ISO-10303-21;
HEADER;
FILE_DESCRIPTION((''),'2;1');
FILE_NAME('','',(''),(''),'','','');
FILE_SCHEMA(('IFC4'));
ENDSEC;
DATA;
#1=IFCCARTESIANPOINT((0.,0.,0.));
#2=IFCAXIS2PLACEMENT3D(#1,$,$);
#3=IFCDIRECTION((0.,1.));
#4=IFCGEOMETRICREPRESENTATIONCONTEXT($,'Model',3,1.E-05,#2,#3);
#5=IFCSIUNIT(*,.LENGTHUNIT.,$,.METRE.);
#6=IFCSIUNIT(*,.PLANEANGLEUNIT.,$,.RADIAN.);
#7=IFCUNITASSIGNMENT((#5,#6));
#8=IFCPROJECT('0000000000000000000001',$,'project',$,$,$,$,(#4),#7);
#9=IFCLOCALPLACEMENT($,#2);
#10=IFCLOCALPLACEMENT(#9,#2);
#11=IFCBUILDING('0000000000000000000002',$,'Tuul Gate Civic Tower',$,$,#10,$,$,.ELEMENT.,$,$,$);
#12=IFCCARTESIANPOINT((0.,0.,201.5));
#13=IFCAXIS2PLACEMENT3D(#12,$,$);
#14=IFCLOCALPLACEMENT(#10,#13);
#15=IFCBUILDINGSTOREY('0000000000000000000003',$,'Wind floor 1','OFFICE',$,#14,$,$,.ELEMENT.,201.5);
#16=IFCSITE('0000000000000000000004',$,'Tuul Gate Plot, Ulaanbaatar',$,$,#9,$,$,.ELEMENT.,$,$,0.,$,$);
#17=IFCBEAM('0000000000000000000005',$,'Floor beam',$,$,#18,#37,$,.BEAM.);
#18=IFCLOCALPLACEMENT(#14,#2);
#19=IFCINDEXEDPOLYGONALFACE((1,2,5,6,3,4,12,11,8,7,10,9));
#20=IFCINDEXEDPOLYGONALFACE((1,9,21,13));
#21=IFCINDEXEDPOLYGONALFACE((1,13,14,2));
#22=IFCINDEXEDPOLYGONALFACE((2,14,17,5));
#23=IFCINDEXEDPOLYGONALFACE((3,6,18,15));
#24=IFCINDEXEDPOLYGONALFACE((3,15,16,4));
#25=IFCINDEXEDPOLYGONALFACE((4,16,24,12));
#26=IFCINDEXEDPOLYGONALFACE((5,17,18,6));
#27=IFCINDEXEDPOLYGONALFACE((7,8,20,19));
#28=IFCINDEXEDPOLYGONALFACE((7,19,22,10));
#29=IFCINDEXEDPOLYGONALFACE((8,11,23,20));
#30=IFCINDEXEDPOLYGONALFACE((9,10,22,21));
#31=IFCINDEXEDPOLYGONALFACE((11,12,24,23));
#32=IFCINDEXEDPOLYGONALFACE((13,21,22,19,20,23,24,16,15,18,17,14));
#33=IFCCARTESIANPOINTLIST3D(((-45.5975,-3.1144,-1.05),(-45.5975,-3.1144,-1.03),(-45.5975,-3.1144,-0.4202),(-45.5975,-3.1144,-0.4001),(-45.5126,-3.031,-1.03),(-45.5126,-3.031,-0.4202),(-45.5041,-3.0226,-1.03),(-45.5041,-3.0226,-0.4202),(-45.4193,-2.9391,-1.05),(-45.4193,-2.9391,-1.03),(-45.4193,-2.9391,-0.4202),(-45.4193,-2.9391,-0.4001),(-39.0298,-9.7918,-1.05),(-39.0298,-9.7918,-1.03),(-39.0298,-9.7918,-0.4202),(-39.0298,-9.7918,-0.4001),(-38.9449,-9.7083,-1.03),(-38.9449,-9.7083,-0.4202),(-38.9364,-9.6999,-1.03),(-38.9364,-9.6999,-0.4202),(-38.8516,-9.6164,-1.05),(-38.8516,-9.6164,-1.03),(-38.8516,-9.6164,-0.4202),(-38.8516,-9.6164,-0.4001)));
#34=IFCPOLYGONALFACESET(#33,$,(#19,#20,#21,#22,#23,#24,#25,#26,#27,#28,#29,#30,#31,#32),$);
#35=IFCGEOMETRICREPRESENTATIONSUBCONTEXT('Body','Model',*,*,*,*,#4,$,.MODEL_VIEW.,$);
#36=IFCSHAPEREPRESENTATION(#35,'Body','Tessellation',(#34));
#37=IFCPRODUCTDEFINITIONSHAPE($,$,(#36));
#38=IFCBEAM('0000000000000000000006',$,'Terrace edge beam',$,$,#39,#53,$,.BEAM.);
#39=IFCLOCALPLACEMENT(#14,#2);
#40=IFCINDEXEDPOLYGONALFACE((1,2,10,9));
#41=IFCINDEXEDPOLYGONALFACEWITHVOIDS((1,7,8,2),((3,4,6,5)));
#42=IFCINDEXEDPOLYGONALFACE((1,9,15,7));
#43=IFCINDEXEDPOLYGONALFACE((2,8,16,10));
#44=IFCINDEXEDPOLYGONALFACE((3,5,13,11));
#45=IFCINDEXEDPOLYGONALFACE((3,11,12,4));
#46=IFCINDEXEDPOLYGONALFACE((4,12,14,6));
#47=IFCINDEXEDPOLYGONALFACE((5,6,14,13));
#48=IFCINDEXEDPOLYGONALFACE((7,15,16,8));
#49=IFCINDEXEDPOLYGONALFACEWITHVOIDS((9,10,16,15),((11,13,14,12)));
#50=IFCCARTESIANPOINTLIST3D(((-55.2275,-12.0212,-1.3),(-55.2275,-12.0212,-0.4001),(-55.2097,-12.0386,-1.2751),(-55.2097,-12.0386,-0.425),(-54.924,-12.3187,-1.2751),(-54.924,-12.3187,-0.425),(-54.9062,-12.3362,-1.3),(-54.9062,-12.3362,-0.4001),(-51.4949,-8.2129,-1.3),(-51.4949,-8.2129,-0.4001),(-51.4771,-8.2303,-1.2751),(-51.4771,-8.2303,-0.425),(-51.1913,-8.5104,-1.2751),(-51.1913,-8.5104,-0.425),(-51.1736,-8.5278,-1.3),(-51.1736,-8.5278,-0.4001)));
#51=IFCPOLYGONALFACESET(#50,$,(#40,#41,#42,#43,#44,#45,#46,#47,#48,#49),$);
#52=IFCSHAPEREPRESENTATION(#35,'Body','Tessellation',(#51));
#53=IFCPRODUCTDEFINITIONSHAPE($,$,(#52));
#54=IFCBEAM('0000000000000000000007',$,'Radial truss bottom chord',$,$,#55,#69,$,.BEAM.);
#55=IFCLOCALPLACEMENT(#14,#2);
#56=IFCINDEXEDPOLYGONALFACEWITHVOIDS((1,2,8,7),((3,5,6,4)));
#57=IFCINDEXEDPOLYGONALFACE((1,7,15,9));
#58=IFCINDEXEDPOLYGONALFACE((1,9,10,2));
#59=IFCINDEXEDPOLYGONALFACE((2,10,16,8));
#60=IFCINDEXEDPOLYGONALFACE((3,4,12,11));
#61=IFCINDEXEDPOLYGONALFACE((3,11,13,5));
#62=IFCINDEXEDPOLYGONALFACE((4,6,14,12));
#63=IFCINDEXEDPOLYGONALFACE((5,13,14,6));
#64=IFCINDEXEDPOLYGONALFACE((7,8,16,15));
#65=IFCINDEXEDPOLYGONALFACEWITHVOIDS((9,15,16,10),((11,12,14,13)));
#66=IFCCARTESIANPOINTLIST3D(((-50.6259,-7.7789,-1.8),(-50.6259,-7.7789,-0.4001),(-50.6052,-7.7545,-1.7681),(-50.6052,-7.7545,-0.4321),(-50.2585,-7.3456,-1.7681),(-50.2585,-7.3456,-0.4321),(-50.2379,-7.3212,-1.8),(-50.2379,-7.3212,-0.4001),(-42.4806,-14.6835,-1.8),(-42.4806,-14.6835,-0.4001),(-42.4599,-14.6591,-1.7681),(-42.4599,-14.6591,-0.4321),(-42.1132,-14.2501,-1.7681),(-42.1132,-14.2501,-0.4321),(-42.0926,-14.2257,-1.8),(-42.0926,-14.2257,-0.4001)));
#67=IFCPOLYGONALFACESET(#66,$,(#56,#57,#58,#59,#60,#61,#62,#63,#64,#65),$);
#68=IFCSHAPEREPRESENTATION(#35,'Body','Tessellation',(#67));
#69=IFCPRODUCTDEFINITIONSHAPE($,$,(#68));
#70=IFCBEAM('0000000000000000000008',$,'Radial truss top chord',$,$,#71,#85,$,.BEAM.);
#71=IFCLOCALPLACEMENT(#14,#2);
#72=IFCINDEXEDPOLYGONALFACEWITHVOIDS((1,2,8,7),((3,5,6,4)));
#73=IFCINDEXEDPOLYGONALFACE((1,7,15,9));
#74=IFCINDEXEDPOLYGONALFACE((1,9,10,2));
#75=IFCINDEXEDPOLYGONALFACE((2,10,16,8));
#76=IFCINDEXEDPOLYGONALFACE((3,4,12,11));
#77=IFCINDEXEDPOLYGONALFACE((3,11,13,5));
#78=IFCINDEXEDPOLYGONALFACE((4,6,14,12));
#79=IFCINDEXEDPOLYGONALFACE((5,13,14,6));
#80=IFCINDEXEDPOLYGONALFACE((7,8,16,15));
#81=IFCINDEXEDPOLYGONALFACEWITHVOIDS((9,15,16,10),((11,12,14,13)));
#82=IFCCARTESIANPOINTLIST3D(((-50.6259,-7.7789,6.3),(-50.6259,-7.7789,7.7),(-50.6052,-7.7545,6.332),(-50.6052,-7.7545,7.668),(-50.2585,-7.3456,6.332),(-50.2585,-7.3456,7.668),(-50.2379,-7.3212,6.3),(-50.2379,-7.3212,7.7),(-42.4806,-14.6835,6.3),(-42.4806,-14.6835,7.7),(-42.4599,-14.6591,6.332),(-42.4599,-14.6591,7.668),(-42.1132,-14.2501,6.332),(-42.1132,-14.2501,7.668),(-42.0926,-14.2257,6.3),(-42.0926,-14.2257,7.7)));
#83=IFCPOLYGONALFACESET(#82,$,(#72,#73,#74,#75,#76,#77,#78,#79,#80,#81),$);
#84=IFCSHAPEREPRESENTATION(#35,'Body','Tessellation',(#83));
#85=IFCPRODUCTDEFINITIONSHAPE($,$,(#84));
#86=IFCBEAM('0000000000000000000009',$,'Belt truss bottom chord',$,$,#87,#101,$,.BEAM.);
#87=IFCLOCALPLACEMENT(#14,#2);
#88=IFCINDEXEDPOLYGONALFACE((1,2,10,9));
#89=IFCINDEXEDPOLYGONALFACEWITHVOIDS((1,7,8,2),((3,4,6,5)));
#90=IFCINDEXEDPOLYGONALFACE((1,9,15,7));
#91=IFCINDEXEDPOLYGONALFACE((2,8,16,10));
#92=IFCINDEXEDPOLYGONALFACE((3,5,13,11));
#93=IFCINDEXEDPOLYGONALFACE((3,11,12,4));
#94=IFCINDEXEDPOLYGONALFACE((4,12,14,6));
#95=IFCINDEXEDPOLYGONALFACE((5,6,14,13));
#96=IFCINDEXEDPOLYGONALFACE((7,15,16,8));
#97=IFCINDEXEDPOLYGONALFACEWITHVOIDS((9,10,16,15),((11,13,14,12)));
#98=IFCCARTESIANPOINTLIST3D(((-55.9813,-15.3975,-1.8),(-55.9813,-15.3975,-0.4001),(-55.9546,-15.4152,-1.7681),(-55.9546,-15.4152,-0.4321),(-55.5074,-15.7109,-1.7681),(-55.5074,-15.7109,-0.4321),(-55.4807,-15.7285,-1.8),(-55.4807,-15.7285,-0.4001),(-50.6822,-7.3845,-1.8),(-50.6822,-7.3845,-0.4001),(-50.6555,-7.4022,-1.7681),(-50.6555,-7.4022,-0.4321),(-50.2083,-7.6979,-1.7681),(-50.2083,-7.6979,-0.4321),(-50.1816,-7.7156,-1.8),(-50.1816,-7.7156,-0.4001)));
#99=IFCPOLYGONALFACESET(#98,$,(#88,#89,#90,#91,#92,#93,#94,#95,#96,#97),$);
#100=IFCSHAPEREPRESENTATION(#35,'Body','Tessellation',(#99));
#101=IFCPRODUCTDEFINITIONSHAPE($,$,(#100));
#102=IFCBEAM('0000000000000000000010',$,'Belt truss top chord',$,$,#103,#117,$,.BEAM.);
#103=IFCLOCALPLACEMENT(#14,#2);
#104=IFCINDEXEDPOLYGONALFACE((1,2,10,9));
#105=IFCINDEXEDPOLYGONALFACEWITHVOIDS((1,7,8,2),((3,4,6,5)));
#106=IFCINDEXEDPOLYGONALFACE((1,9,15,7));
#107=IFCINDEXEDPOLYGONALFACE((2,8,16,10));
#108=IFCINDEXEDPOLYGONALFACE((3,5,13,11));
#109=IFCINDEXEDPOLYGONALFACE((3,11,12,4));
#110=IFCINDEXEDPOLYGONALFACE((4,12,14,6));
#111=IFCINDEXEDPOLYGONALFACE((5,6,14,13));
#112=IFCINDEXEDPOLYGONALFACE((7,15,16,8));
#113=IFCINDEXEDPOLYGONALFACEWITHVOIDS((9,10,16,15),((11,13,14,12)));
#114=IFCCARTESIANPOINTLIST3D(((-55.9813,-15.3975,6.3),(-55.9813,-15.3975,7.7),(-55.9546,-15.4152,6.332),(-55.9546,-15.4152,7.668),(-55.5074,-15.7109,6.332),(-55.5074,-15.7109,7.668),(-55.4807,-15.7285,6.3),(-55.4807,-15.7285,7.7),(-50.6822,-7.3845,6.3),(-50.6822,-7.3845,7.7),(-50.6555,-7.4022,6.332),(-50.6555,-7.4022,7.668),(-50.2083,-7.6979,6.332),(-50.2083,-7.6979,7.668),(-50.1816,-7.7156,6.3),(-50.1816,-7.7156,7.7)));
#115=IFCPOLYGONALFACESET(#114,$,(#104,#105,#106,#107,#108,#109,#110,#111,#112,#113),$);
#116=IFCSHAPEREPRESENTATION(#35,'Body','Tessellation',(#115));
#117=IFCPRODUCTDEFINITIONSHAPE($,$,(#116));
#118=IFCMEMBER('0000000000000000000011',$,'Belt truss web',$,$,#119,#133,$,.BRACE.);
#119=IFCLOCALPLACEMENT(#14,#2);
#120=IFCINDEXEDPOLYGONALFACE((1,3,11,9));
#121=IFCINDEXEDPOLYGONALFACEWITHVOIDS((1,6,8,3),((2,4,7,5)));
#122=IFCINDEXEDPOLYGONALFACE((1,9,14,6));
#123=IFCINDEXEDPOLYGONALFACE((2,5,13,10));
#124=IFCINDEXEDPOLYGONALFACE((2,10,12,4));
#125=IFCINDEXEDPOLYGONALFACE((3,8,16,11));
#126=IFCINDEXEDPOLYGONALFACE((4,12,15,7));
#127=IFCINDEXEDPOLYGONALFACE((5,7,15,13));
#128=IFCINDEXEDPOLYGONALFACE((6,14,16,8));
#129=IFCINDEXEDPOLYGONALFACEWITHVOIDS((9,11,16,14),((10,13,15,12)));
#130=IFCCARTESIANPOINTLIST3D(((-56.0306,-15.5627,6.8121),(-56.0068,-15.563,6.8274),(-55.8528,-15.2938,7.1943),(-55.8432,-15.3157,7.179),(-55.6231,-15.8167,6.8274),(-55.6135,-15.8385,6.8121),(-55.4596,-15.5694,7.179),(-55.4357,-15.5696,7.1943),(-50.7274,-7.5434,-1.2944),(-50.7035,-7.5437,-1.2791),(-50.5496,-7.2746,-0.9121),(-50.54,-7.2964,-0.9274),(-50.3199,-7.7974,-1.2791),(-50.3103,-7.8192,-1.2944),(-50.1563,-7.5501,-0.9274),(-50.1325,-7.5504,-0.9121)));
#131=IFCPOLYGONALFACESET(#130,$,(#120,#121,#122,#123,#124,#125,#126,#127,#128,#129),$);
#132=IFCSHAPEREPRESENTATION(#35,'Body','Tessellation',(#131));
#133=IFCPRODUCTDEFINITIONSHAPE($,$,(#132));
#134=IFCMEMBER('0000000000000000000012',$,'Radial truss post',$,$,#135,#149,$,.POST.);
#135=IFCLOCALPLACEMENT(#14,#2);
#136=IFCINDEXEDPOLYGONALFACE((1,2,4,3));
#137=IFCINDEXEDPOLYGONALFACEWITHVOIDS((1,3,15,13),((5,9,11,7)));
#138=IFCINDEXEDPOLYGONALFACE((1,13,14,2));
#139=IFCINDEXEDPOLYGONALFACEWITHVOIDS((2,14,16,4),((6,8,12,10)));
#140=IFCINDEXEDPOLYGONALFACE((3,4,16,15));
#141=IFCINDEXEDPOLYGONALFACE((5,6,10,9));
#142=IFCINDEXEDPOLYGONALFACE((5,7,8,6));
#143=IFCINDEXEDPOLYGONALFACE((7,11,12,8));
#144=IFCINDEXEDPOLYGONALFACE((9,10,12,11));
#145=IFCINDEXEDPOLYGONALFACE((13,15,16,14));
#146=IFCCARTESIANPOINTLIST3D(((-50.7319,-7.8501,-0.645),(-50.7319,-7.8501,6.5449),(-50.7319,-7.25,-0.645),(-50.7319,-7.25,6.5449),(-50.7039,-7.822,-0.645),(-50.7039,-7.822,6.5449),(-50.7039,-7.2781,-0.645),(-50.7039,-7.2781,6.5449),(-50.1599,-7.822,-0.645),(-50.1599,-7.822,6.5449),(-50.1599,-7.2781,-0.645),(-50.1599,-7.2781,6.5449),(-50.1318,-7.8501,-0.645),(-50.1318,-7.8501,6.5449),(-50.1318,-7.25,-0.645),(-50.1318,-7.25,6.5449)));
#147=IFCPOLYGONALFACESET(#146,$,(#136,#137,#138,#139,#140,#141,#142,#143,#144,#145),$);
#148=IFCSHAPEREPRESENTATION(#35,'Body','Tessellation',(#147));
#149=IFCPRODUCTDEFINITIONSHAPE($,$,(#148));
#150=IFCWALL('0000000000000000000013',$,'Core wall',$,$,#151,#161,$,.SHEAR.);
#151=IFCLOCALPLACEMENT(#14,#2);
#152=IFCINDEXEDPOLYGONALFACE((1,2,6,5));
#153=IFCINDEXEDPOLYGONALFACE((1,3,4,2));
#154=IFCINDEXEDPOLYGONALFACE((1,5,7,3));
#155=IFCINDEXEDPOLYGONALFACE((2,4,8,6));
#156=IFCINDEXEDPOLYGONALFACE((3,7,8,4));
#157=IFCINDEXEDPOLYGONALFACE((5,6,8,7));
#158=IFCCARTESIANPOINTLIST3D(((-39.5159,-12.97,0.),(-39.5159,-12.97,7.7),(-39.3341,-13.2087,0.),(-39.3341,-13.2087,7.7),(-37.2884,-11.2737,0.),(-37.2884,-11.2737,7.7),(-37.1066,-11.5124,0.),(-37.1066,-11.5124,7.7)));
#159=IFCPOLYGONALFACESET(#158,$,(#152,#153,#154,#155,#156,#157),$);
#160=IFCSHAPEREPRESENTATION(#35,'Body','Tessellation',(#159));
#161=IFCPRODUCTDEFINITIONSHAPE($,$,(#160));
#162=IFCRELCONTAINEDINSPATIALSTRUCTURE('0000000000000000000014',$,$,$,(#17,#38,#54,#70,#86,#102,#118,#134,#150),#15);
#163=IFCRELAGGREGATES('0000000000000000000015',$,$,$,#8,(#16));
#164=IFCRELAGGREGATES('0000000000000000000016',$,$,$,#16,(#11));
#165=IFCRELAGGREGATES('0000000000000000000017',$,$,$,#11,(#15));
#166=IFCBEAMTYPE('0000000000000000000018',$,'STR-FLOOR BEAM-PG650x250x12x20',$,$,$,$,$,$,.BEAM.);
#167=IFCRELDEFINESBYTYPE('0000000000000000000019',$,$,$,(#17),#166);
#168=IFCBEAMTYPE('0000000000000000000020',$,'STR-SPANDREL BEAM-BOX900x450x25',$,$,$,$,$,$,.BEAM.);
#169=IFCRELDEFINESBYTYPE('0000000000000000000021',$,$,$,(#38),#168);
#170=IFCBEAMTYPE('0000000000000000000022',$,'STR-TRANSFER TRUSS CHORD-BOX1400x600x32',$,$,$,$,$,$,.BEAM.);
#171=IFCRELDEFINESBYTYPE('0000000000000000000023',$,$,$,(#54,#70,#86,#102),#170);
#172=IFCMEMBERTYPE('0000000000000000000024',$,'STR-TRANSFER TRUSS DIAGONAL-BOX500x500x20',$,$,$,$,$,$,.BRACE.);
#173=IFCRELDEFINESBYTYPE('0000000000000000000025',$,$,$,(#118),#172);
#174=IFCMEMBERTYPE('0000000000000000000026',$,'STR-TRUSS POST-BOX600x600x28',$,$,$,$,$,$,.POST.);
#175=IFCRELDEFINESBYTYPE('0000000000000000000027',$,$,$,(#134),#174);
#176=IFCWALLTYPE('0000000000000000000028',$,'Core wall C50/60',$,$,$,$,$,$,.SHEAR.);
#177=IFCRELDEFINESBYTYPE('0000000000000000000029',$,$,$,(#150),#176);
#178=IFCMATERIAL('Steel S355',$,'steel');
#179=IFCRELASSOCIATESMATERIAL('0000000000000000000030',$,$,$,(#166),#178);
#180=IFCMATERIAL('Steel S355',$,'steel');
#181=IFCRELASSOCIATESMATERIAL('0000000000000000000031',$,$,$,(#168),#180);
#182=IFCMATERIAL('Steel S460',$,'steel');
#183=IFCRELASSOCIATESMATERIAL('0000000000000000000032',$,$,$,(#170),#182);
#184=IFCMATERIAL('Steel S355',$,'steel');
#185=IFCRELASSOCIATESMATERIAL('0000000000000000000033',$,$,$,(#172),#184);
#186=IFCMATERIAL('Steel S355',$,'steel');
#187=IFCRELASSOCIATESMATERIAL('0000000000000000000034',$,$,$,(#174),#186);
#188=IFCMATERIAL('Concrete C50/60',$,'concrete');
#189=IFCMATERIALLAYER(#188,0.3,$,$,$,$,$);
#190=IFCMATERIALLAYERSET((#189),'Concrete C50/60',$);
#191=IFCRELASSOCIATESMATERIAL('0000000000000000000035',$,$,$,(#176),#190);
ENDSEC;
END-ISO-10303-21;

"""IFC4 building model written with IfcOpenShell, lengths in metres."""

from ifc_helpers import new_model, si_unit, direction, frame, frame_2d, origin, origin_2d, place, context, subcontext, project, spatial, rectangle, hollow_rectangle, i_section, extrude, material, layer, layer_set, material_profile, profile_set, type_object, element, save


model = new_model("IFC4")

# Units and contexts
model_context = context("Model", 3, precision=1e-05, world=origin(), true_north=direction((0.0, 1.0)))
body_context = subcontext(model_context, "Body", "Model", "MODEL_VIEW")
ifc_project = project(units=[si_unit("LENGTHUNIT", "METRE"), si_unit("PLANEANGLEUNIT", "RADIAN")], contexts=[model_context])

# Site, building, storey
site_placement = place(None, origin())
site = spatial("IfcSite", under=ifc_project, at=site_placement, Name="Tuul Gate Plot, Ulaanbaatar", CompositionType="ELEMENT", RefElevation=0.0)
building_placement = place(site_placement, origin())
building = spatial("IfcBuilding", under=site, at=building_placement, Name="Tuul Gate Civic Tower", CompositionType="ELEMENT")
storey_placement = place(building_placement, frame((0.0, 0.0, 201.5)))
storey = spatial("IfcBuildingStorey", under=building, at=storey_placement, Name="Wind floor 1", Description="OFFICE", CompositionType="ELEMENT", Elevation=201.5)

# Beams
ifc_material_1 = material(Name="Steel S355", Category="steel")
ifc_material_profile_1 = material_profile(ifc_material_1, i_section(OverallWidth=0.25, OverallDepth=0.6499, WebThickness=0.012, FlangeThickness=0.02, at=origin_2d()), Name="PG650x250x12x20")
ifc_profile_set_1 = profile_set([ifc_material_profile_1], Name="Steel S355")
beam_type_1 = type_object("IfcBeamType", Name="STR-FLOOR BEAM-PG650x250x12x20", PredefinedType="BEAM", material=ifc_profile_set_1)
beam_1_placement = place(storey_placement, frame((-38.9407, -9.7041, -0.7251), z_axis=(-0.701231, 0.712935, 0.0), x_axis=(-0.712935, -0.701231, 0.0)))
element("IfcBeam", 1, at=beam_1_placement, inside=storey, type_object=beam_type_1, Name="Floor beam", PredefinedType="BEAM", context=body_context, shape_type="SweptSolid", body=[
    extrude(i_section(OverallWidth=0.25, OverallDepth=0.6499, WebThickness=0.012, FlangeThickness=0.02, at=origin_2d()), origin(), (0.0, 0.0, 1.0), 9.366),
])
ifc_material_2 = material(Name="Steel S355", Category="steel")
ifc_material_profile_2 = material_profile(ifc_material_2, hollow_rectangle(XDim=0.45, YDim=0.8999, WallThickness=0.0249, at=origin_2d()), Name="BOX900x450x25")
ifc_profile_set_2 = profile_set([ifc_material_profile_2], Name="Steel S355")
beam_type_2 = type_object("IfcBeamType", Name="STR-SPANDREL BEAM-BOX900x450x25", PredefinedType="BEAM", material=ifc_profile_set_2)
beam_2_placement = place(storey_placement, frame((-51.3342, -8.3704, -0.8501), z_axis=(-0.699975, -0.714168, 0.0), x_axis=(0.714168, -0.699975, 0.0)))
element("IfcBeam", 2, at=beam_2_placement, inside=storey, type_object=beam_type_2, Name="Terrace edge beam", PredefinedType="BEAM", context=body_context, shape_type="SweptSolid", body=[
    extrude(hollow_rectangle(XDim=0.45, YDim=0.8999, WallThickness=0.0249, at=origin_2d()), origin(), (0.0, 0.0, 1.0), 5.3325),
])
ifc_material_3 = material(Name="Steel S460", Category="steel")
ifc_material_profile_3 = material_profile(ifc_material_3, hollow_rectangle(XDim=0.6001, YDim=1.3999, WallThickness=0.032, at=origin_2d()), Name="BOX1400x600x32")
ifc_profile_set_3 = profile_set([ifc_material_profile_3], Name="Steel S460")
beam_type_3 = type_object("IfcBeamType", Name="STR-TRANSFER TRUSS CHORD-BOX1400x600x32", PredefinedType="BEAM", material=ifc_profile_set_3)
for number, where, z_axis, x_axis, name in (
    (3, (-50.4319, -7.55, -1.1001), (0.762814, -0.646618, 0.0), (0.646618, 0.762814, 0.0), "Radial truss bottom chord"),
    (4, (-50.4319, -7.55, 7.0), (0.762814, -0.646618, 0.0), (0.646618, 0.762814, 0.0), "Radial truss top chord"),
):
    element("IfcBeam", number, at=place(storey_placement, frame(where, z_axis=z_axis, x_axis=x_axis)), inside=storey, type_object=beam_type_3, Name=name, PredefinedType="BEAM", context=body_context, shape_type="SweptSolid", body=[
        extrude(hollow_rectangle(XDim=0.6001, YDim=1.3999, WallThickness=0.032, at=origin_2d()), origin(), (0.0, 0.0, 1.0), 10.678),
    ])
for number, where, z_axis, x_axis, name in (
    (5, (-50.4319, -7.55, -1.1001), (-0.551606, -0.834105, 0.0), (0.834105, -0.551606, 0.0), "Belt truss bottom chord"),
    (6, (-50.4319, -7.55, 7.0), (-0.551606, -0.834105, 0.0), (0.834105, -0.551606, 0.0), "Belt truss top chord"),
):
    element("IfcBeam", number, at=place(storey_placement, frame(where, z_axis=z_axis, x_axis=x_axis)), inside=storey, type_object=beam_type_3, Name=name, PredefinedType="BEAM", context=body_context, shape_type="SweptSolid", body=[
        extrude(hollow_rectangle(XDim=0.6001, YDim=1.3999, WallThickness=0.032, at=origin_2d()), origin(), (0.0, 0.0, 1.0), 9.6067),
    ])

# Members
ifc_material_4 = material(Name="Steel S355", Category="steel")
ifc_material_profile_4 = material_profile(ifc_material_4, hollow_rectangle(XDim=0.5, YDim=0.5, WallThickness=0.02, at=origin_2d()), Name="BOX500x500x20")
ifc_profile_set_4 = profile_set([ifc_material_profile_4], Name="Steel S355")
member_type_1 = type_object("IfcMemberType", Name="STR-TRANSFER TRUSS DIAGONAL-BOX500x500x20", PredefinedType="BRACE", material=ifc_profile_set_4)
member_1_placement = place(storey_placement, frame((-50.4299, -7.5469, -1.1033), z_axis=(-0.421705, -0.637682, 0.644613), x_axis=(0.834107, -0.551602, 0.0)))
element("IfcMember", 7, at=member_1_placement, inside=storey, type_object=member_type_1, Name="Belt truss web", PredefinedType="BRACE", context=body_context, shape_type="SweptSolid", body=[
    extrude(hollow_rectangle(XDim=0.5, YDim=0.5, WallThickness=0.02, at=origin_2d()), origin(), (0.0, 0.0, 1.0), 12.5757),
])
ifc_material_5 = material(Name="Steel S355", Category="steel")
ifc_material_profile_5 = material_profile(ifc_material_5, hollow_rectangle(XDim=0.6001, YDim=0.6001, WallThickness=0.0281, at=origin_2d()), Name="BOX600x600x28")
ifc_profile_set_5 = profile_set([ifc_material_profile_5], Name="Steel S355")
member_type_2 = type_object("IfcMemberType", Name="STR-TRUSS POST-BOX600x600x28", PredefinedType="POST", material=ifc_profile_set_5)
member_2_placement = place(storey_placement, frame((-50.4319, -7.55, -0.645), z_axis=(0.0, 0.0, 1.0), x_axis=(1.0, 0.0, 0.0)))
element("IfcMember", 8, at=member_2_placement, inside=storey, type_object=member_type_2, Name="Radial truss post", PredefinedType="POST", context=body_context, shape_type="SweptSolid", body=[
    extrude(hollow_rectangle(XDim=0.6001, YDim=0.6001, WallThickness=0.0281, at=origin_2d()), origin(), (0.0, 0.0, 1.0), 7.1899),
])

# Wall
ifc_material_6 = material(Name="Concrete C50/60", Category="concrete")
ifc_layer_1 = layer(ifc_material_6, 0.3)
ifc_layer_set_1 = layer_set([ifc_layer_1], Name="Concrete C50/60")
wall_type_1 = type_object("IfcWallType", Name="Core wall C50/60", PredefinedType="SHEAR", material=ifc_layer_set_1)
wall_1_placement = place(storey_placement, frame((-37.1975, -11.3931, 0.0), z_axis=(0.0, 0.0, 1.0), x_axis=(-0.795584, -0.605844, 0.0)))
element("IfcWall", 9, at=wall_1_placement, inside=storey, type_object=wall_type_1, Name="Core wall", PredefinedType="SHEAR", context=body_context, shape_type="SweptSolid", body=[
    extrude(rectangle(XDim=2.7998, YDim=0.3, at=frame_2d((1.3999, 0.0))), origin(), (0.0, 0.0, 1.0), 7.7),
])

save(model, "model.ifc")
